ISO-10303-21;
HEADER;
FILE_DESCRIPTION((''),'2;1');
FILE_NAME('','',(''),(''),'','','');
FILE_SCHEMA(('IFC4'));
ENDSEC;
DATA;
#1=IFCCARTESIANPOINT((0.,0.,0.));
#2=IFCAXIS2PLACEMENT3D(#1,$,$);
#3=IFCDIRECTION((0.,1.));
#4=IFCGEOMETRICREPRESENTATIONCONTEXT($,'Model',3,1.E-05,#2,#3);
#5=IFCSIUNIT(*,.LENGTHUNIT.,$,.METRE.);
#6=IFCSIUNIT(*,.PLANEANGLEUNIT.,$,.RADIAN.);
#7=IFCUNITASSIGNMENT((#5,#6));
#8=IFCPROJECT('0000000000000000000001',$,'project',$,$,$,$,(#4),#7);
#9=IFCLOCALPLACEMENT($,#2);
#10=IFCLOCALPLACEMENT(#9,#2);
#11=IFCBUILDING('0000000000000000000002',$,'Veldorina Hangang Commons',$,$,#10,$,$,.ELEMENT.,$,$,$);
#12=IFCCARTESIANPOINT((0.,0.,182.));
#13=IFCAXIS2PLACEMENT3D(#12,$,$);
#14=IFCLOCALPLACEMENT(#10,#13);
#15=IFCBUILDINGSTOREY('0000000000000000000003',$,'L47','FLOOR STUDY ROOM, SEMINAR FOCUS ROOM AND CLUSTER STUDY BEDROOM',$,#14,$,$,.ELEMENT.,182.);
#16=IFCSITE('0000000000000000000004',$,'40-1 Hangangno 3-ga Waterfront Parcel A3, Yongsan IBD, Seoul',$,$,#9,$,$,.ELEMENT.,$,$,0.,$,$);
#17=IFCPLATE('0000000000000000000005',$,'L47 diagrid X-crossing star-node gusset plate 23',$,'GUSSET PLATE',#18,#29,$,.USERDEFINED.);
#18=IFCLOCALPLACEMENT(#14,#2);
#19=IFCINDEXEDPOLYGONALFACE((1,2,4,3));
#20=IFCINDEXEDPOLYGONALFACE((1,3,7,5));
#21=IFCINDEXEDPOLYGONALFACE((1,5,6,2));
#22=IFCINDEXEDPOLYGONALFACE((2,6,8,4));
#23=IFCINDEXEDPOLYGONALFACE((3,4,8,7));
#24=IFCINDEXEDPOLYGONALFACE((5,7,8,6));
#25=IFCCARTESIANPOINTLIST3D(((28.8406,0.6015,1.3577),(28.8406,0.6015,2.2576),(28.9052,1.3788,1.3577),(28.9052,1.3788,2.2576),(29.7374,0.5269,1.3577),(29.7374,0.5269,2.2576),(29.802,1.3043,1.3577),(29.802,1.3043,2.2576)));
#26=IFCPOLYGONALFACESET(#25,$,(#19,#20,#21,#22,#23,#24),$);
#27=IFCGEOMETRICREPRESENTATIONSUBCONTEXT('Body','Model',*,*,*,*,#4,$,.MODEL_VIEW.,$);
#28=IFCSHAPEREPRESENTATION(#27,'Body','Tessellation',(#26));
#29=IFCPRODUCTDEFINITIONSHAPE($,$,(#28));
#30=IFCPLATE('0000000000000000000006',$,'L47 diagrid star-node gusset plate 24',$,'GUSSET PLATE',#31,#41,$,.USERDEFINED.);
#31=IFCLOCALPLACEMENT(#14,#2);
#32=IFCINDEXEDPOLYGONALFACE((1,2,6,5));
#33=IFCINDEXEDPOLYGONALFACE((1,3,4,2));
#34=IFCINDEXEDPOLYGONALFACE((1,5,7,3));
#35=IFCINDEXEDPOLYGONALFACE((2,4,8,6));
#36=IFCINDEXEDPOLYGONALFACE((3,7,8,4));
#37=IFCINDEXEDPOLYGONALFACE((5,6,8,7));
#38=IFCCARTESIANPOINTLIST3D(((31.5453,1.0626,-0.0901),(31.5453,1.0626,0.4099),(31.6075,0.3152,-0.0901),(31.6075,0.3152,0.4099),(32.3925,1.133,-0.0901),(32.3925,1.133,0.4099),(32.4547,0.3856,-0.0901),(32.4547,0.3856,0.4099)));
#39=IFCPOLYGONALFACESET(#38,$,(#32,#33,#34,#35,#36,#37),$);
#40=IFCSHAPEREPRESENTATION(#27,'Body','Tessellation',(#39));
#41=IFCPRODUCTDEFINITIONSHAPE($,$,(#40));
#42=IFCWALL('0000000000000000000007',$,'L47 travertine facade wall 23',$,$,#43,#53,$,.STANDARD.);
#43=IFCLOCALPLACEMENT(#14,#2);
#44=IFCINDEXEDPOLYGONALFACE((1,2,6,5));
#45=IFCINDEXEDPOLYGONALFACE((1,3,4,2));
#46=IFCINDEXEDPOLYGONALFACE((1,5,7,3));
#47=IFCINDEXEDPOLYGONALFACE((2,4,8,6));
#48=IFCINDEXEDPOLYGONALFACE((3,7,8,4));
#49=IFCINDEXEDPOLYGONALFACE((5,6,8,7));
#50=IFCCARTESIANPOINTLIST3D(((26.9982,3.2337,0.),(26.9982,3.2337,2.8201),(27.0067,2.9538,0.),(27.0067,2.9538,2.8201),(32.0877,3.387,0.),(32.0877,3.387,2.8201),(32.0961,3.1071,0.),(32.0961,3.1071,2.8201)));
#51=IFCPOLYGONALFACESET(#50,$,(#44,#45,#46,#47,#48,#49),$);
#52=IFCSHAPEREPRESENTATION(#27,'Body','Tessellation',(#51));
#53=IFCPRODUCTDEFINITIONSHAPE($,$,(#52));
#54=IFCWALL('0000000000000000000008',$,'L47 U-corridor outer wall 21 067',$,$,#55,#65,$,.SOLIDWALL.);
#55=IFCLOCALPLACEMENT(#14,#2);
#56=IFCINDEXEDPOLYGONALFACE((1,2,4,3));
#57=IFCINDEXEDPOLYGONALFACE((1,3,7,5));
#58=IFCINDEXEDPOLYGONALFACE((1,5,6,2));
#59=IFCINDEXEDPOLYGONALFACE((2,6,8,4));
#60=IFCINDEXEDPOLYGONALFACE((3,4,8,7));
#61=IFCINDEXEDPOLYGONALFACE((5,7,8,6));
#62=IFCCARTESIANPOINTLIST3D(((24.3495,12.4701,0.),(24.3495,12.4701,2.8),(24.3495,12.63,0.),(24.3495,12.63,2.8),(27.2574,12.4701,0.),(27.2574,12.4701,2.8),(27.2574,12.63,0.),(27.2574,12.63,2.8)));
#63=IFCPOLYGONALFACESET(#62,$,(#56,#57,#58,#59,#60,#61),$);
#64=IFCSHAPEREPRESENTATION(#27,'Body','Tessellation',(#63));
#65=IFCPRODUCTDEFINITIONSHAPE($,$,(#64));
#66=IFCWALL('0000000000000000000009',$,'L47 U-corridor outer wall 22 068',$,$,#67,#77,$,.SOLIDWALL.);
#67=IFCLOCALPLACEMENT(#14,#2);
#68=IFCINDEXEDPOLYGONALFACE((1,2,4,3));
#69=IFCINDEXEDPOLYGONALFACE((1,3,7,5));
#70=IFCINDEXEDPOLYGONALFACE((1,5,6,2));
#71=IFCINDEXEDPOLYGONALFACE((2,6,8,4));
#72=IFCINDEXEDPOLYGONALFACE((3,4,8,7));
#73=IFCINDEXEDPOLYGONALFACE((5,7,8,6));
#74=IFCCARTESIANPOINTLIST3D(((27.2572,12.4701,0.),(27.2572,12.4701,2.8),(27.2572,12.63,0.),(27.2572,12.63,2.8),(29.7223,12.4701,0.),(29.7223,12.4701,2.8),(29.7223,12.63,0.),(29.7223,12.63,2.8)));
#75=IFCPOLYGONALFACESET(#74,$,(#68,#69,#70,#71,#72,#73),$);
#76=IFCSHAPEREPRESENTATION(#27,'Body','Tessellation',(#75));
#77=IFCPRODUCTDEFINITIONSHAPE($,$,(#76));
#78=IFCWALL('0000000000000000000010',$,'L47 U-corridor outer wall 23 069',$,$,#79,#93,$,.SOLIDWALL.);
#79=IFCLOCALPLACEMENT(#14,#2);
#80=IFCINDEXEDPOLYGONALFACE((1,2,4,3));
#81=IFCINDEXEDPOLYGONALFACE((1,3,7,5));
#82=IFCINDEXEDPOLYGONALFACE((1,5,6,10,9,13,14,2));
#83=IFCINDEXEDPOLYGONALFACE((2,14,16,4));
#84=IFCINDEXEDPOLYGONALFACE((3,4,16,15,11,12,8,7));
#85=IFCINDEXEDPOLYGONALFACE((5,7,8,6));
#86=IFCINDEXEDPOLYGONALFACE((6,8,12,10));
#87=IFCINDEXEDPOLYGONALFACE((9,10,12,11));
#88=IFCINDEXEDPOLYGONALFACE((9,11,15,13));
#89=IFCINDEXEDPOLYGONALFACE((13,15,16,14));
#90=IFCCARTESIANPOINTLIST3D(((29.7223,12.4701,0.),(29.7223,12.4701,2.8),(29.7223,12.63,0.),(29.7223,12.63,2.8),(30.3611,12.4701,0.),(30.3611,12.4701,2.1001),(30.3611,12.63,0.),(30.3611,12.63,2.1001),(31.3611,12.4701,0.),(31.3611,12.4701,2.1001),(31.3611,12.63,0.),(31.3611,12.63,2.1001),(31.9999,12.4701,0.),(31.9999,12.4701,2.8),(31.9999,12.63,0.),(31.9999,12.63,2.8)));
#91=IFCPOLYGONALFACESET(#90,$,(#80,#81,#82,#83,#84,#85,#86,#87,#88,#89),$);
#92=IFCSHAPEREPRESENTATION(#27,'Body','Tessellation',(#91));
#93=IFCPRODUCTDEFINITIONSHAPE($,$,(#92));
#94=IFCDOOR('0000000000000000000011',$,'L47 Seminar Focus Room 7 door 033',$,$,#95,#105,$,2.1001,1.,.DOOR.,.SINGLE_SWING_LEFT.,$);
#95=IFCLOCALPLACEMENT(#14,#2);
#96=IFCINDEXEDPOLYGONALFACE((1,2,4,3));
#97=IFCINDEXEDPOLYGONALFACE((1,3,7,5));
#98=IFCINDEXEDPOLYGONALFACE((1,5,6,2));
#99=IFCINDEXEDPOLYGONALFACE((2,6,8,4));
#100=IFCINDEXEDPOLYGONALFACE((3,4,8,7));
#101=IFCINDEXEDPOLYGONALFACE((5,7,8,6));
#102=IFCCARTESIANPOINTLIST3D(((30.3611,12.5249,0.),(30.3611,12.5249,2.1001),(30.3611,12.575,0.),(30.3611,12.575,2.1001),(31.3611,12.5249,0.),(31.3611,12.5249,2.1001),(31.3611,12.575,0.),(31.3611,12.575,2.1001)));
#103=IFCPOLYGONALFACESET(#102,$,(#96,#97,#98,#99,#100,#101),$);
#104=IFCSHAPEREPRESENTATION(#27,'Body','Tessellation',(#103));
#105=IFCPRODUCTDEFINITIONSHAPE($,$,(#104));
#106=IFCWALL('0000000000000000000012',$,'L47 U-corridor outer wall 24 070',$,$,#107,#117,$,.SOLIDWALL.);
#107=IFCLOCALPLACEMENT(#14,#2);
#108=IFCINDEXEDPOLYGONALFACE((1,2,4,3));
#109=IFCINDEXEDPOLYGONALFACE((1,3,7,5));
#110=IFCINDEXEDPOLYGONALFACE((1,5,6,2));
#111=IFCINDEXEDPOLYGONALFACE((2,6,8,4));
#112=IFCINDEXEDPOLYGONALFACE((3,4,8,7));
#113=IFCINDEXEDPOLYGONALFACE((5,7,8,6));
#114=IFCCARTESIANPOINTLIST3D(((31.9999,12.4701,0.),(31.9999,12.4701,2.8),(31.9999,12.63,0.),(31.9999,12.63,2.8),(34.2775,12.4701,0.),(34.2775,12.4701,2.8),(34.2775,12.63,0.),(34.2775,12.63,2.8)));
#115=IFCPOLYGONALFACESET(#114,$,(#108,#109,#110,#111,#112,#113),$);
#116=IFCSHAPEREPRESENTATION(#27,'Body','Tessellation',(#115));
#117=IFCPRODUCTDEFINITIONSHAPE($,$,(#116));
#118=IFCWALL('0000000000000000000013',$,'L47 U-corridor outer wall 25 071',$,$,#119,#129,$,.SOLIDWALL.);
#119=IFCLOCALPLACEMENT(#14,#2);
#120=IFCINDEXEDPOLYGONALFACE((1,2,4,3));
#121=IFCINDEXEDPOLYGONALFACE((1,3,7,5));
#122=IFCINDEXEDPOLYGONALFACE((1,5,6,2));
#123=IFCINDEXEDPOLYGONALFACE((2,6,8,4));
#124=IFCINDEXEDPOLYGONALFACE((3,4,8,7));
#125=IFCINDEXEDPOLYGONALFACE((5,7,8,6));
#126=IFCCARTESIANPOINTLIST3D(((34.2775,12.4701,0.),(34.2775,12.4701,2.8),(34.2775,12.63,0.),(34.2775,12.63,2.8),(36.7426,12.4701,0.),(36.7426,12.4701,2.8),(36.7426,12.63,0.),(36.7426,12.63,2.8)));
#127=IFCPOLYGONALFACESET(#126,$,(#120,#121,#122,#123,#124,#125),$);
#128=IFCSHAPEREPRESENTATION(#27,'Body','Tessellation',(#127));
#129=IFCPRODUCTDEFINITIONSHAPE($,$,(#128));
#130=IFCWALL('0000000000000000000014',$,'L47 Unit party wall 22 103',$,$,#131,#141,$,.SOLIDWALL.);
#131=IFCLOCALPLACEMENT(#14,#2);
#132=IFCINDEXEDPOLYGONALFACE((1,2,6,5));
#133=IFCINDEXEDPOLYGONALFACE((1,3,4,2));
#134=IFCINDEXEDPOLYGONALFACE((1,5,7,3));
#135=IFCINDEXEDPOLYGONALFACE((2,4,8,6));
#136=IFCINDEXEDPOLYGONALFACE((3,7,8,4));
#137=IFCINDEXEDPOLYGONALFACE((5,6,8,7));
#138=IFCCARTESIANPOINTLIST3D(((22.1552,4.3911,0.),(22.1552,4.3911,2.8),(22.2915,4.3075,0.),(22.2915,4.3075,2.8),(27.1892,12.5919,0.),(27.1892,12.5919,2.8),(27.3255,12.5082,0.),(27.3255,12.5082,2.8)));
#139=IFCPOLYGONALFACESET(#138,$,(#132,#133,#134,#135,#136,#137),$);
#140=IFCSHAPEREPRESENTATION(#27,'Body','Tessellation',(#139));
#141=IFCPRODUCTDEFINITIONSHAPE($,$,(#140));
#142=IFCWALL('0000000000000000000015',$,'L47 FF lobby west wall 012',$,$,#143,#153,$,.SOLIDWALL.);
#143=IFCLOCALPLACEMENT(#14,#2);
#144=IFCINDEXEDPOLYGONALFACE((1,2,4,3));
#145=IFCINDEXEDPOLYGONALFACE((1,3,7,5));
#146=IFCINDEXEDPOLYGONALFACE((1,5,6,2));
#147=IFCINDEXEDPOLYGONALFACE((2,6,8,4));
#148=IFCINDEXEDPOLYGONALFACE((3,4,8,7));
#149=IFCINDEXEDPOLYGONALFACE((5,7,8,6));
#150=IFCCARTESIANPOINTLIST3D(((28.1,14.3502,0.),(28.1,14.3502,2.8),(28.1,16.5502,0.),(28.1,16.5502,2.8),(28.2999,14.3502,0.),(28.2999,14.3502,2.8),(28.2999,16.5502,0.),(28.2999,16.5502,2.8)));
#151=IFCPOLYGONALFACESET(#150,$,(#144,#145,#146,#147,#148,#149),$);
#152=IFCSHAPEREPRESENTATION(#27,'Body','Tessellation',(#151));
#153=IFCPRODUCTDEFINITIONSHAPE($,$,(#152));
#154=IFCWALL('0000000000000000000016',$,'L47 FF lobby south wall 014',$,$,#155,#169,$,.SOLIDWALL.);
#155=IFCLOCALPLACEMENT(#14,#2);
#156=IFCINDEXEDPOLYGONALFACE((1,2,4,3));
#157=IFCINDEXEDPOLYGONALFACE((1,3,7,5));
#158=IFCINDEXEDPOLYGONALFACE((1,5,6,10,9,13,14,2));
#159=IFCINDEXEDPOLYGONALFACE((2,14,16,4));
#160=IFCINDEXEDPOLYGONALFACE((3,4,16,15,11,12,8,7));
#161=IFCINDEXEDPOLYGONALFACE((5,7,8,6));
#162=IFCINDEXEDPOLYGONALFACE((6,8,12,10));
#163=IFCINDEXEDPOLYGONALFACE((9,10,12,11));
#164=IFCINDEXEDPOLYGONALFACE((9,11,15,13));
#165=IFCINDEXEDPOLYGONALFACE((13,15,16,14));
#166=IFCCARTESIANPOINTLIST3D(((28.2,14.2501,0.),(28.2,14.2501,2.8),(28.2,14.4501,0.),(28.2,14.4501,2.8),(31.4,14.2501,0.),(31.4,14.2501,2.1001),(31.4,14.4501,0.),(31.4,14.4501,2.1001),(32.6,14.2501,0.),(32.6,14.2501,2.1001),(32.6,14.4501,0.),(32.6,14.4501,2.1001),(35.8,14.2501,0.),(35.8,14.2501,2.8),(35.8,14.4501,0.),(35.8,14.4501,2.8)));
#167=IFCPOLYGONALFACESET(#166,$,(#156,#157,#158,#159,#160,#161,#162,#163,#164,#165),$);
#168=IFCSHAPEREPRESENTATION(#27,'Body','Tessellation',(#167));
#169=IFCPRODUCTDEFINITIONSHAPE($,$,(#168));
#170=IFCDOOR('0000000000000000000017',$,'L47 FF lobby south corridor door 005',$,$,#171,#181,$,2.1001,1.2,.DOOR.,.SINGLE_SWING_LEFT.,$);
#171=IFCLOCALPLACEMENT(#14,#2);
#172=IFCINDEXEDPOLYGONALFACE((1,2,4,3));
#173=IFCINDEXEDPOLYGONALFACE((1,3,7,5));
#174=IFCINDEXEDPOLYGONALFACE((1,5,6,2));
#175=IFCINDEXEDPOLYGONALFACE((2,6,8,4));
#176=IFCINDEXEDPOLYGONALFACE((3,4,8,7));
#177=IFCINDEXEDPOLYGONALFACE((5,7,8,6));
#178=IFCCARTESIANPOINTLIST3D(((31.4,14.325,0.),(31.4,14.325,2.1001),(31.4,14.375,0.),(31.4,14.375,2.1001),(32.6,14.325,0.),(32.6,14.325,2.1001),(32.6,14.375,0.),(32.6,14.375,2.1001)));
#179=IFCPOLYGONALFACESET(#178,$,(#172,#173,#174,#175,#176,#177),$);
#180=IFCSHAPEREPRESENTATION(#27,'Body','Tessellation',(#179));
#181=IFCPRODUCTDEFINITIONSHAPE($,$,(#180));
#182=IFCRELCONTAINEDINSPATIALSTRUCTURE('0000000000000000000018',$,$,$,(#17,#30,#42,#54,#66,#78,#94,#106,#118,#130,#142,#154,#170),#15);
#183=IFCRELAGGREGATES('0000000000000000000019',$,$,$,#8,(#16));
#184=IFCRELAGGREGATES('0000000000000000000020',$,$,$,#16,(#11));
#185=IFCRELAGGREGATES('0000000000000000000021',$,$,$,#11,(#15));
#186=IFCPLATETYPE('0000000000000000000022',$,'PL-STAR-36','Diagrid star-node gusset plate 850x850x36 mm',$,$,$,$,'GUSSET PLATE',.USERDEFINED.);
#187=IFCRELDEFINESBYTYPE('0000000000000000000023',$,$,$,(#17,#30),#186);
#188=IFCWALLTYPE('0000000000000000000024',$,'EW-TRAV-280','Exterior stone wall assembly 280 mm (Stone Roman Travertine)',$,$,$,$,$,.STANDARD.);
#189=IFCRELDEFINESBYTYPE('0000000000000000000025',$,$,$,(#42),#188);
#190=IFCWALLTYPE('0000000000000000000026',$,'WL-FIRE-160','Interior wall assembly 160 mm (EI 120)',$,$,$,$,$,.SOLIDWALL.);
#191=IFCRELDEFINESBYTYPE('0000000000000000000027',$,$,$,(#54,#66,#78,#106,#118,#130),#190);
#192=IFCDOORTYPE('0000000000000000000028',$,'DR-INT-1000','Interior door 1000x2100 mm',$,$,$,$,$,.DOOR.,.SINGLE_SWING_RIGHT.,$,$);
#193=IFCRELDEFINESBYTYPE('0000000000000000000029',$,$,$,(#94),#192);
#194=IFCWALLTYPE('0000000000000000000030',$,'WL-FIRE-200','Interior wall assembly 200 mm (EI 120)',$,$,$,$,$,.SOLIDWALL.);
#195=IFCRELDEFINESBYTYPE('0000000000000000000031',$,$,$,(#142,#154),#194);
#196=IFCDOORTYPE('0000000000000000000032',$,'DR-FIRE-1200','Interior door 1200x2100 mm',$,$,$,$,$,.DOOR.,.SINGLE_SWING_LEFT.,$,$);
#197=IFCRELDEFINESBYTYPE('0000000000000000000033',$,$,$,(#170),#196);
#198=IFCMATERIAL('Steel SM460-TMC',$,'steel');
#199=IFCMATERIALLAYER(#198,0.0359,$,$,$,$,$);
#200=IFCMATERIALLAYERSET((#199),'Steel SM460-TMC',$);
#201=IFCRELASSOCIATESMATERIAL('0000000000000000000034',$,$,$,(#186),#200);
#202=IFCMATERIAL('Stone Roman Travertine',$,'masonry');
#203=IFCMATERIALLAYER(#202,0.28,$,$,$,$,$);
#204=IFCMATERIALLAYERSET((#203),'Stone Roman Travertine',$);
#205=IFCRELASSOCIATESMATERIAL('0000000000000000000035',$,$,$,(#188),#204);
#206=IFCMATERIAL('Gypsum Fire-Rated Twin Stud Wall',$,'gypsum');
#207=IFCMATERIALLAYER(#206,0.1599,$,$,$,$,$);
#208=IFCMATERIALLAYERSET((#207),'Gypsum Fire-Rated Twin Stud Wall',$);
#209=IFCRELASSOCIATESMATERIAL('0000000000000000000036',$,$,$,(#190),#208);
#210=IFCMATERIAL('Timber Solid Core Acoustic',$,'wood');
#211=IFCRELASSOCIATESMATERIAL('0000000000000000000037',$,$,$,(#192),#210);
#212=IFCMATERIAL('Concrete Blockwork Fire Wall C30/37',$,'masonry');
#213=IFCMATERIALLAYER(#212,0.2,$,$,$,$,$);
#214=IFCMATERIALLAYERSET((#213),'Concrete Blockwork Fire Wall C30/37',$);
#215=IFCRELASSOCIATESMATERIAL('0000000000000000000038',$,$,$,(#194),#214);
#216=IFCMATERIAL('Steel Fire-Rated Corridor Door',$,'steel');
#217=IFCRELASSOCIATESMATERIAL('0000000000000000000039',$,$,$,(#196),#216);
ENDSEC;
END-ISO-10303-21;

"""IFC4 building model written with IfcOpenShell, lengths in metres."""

from ifc_helpers import new_model, si_unit, direction, frame, frame_2d, origin, origin_2d, place, context, subcontext, project, spatial, rectangle, extrude, material, layer, layer_set, type_object, element, fill, save


model = new_model("IFC4")

# Units and contexts
model_context = context("Model", 3, precision=1e-05, world=origin(), true_north=direction((0.0, 1.0)))
body_context = subcontext(model_context, "Body", "Model", "MODEL_VIEW")
ifc_project = project(units=[si_unit("LENGTHUNIT", "METRE"), si_unit("PLANEANGLEUNIT", "RADIAN")], contexts=[model_context])

# Site, building, storey
site_placement = place(None, origin())
site = spatial("IfcSite", under=ifc_project, at=site_placement, Name="40-1 Hangangno 3-ga Waterfront Parcel A3, Yongsan IBD, Seoul", CompositionType="ELEMENT", RefElevation=0.0)
building_placement = place(site_placement, origin())
building = spatial("IfcBuilding", under=site, at=building_placement, Name="Veldorina Hangang Commons", CompositionType="ELEMENT")
storey_placement = place(building_placement, frame((0.0, 0.0, 182.0)))
storey = spatial("IfcBuildingStorey", under=building, at=storey_placement, Name="L47", Description="FLOOR STUDY ROOM, SEMINAR FOCUS ROOM AND CLUSTER STUDY BEDROOM", CompositionType="ELEMENT", Elevation=182.0)

# Plates
ifc_material_1 = material(Name="Steel SM460-TMC", Category="steel")
ifc_layer_1 = layer(ifc_material_1, 0.0359)
ifc_layer_set_1 = layer_set([ifc_layer_1], Name="Steel SM460-TMC")
plate_type = type_object("IfcPlateType", Name="PL-STAR-36", Description="Diagrid star-node gusset plate 850x850x36 mm", ElementType="GUSSET PLATE", PredefinedType="USERDEFINED", material=ifc_layer_set_1)
plate_1_placement = place(storey_placement, frame((29.3213, 0.9529, 1.3577), z_axis=(0.0, 0.0, 1.0), x_axis=(0.996563, -0.082843, 0.0)))
element("IfcPlate", 1, at=plate_1_placement, inside=storey, type_object=plate_type, Name="L47 diagrid X-crossing star-node gusset plate 23", ObjectType="GUSSET PLATE", PredefinedType="USERDEFINED", context=body_context, shape_type="SweptSolid", body=[
    extrude(rectangle(XDim=0.8999, YDim=0.78, at=origin_2d()), origin(), (0.0, 0.0, 1.0), 0.8999),
])
plate_2_placement = place(storey_placement, frame((32.0, 0.7241, -0.0901), z_axis=(0.0, 0.0, 1.0), x_axis=(0.996563, 0.082843, 0.0)))
element("IfcPlate", 2, at=plate_2_placement, inside=storey, type_object=plate_type, Name="L47 diagrid star-node gusset plate 24", ObjectType="GUSSET PLATE", PredefinedType="USERDEFINED", context=body_context, shape_type="SweptSolid", body=[
    extrude(rectangle(XDim=0.8501, YDim=0.75, at=origin_2d()), origin(), (0.0, 0.0, 1.0), 0.5),
])

# Walls
ifc_material_2 = material(Name="Stone Roman Travertine", Category="masonry")
ifc_layer_2 = layer(ifc_material_2, 0.28)
ifc_layer_set_2 = layer_set([ifc_layer_2], Name="Stone Roman Travertine")
wall_type_1 = type_object("IfcWallType", Name="EW-TRAV-280", Description="Exterior stone wall assembly 280 mm (Stone Roman Travertine)", PredefinedType="STANDARD", material=ifc_layer_set_2)
wall_1_placement = place(storey_placement, frame((27.0024, 3.0938, 0.0), z_axis=(0.0, 0.0, 1.0), x_axis=(0.999547, 0.030111, 0.0)))
element("IfcWall", 3, at=wall_1_placement, inside=storey, type_object=wall_type_1, Name="L47 travertine facade wall 23", PredefinedType="STANDARD", context=body_context, shape_type="SweptSolid", body=[
    extrude(rectangle(XDim=5.0918, YDim=0.28, at=frame_2d((2.5459, 0.0))), origin(), (0.0, 0.0, 1.0), 2.8201),
])
ifc_material_3 = material(Name="Gypsum Fire-Rated Twin Stud Wall", Category="gypsum")
ifc_layer_3 = layer(ifc_material_3, 0.1599)
ifc_layer_set_3 = layer_set([ifc_layer_3], Name="Gypsum Fire-Rated Twin Stud Wall")
wall_type_2 = type_object("IfcWallType", Name="WL-FIRE-160", Description="Interior wall assembly 160 mm (EI 120)", PredefinedType="SOLIDWALL", material=ifc_layer_set_3)
wall_2_placement = place(storey_placement, frame((24.3494, 12.55, 0.0), z_axis=(0.0, 0.0, 1.0), x_axis=(1.0, 0.0, 0.0)))
element("IfcWall", 4, at=wall_2_placement, inside=storey, type_object=wall_type_2, Name="L47 U-corridor outer wall 21 067", PredefinedType="SOLIDWALL", context=body_context, shape_type="SweptSolid", body=[
    extrude(rectangle(XDim=2.908, YDim=0.1599, at=frame_2d((1.4541, 0.0))), origin(), (0.0, 0.0, 1.0), 2.8),
])
wall_3_placement = place(storey_placement, frame((27.2573, 12.55, 0.0), z_axis=(0.0, 0.0, 1.0), x_axis=(1.0, 0.0, 0.0)))
element("IfcWall", 5, at=wall_3_placement, inside=storey, type_object=wall_type_2, Name="L47 U-corridor outer wall 22 068", PredefinedType="SOLIDWALL", context=body_context, shape_type="SweptSolid", body=[
    extrude(rectangle(XDim=2.4651, YDim=0.1599, at=frame_2d((1.2324, 0.0))), origin(), (0.0, 0.0, 1.0), 2.8),
])

# Wall, opening, door
wall_4_placement = place(storey_placement, frame((29.7224, 12.55, 0.0), z_axis=(0.0, 0.0, 1.0), x_axis=(1.0, 0.0, 0.0)))
wall_4 = element("IfcWall", 6, at=wall_4_placement, inside=storey, type_object=wall_type_2, Name="L47 U-corridor outer wall 23 069", PredefinedType="SOLIDWALL", context=body_context, shape_type="SweptSolid", body=[
    extrude(rectangle(XDim=2.2776, YDim=0.1599, at=frame_2d((1.1387, 0.0))), origin(), (0.0, 0.0, 1.0), 2.8),
])
opening_1_placement = place(wall_4_placement, frame((0.6387, 0.0, 0.0)))
opening_1 = element("IfcOpeningElement", 7, at=opening_1_placement, cuts=wall_4, PredefinedType="OPENING", context=body_context, shape_type="SweptSolid", body=[
    extrude(rectangle(XDim=1.0, YDim=2.1001, at=frame_2d((0.5, 1.05))), frame((0.0, 0.0898, 0.0), z_axis=(0.0, -1.0, 0.0), x_axis=(1.0, 0.0, 0.0)), (0.0, 0.0, 1.0), 0.1799),
])
ifc_material_4 = material(Name="Timber Solid Core Acoustic", Category="wood")
door_type_1 = type_object("IfcDoorType", Name="DR-INT-1000", Description="Interior door 1000x2100 mm", OperationType="SINGLE_SWING_RIGHT", PredefinedType="DOOR", material=ifc_material_4)
door_1_placement = place(opening_1_placement, origin())
door_1 = element("IfcDoor", 8, at=door_1_placement, inside=storey, type_object=door_type_1, Name="L47 Seminar Focus Room 7 door 033", OperationType="SINGLE_SWING_LEFT", OverallHeight=2.1001, OverallWidth=1.0, PredefinedType="DOOR", context=body_context, shape_type="SweptSolid", body=[
    extrude(rectangle(XDim=1.0, YDim=2.1001, at=frame_2d((0.5, 1.05))), frame((0.0, 0.0249, 0.0), z_axis=(0.0, -1.0, 0.0), x_axis=(1.0, 0.0, 0.0)), (0.0, 0.0, 1.0), 0.05),
])
fill(opening_1, door_1)

# Walls
wall_5_placement = place(storey_placement, frame((32.0, 12.55, 0.0), z_axis=(0.0, 0.0, 1.0), x_axis=(1.0, 0.0, 0.0)))
element("IfcWall", 9, at=wall_5_placement, inside=storey, type_object=wall_type_2, Name="L47 U-corridor outer wall 24 070", PredefinedType="SOLIDWALL", context=body_context, shape_type="SweptSolid", body=[
    extrude(rectangle(XDim=2.2776, YDim=0.1599, at=frame_2d((1.1387, 0.0))), origin(), (0.0, 0.0, 1.0), 2.8),
])
wall_6_placement = place(storey_placement, frame((34.2776, 12.55, 0.0), z_axis=(0.0, 0.0, 1.0), x_axis=(1.0, 0.0, 0.0)))
element("IfcWall", 10, at=wall_6_placement, inside=storey, type_object=wall_type_2, Name="L47 U-corridor outer wall 25 071", PredefinedType="SOLIDWALL", context=body_context, shape_type="SweptSolid", body=[
    extrude(rectangle(XDim=2.4651, YDim=0.1599, at=frame_2d((1.2324, 0.0))), origin(), (0.0, 0.0, 1.0), 2.8),
])
wall_7_placement = place(storey_placement, frame((27.2573, 12.55, 0.0), z_axis=(0.0, 0.0, 1.0), x_axis=(-0.523144, -0.852244, 0.0)))
element("IfcWall", 11, at=wall_7_placement, inside=storey, type_object=wall_type_2, Name="L47 Unit party wall 22 103", PredefinedType="SOLIDWALL", context=body_context, shape_type="SweptSolid", body=[
    extrude(rectangle(XDim=9.6226, YDim=0.1599, at=frame_2d((4.8113, 0.0))), origin(), (0.0, 0.0, 1.0), 2.8),
])
ifc_material_5 = material(Name="Concrete Blockwork Fire Wall C30/37", Category="masonry")
ifc_layer_4 = layer(ifc_material_5, 0.2)
ifc_layer_set_4 = layer_set([ifc_layer_4], Name="Concrete Blockwork Fire Wall C30/37")
wall_type_3 = type_object("IfcWallType", Name="WL-FIRE-200", Description="Interior wall assembly 200 mm (EI 120)", PredefinedType="SOLIDWALL", material=ifc_layer_set_4)
wall_8_placement = place(storey_placement, frame((28.2, 14.3501, 0.0), z_axis=(0.0, 0.0, 1.0), x_axis=(0.0, 1.0, 0.0)))
element("IfcWall", 12, at=wall_8_placement, inside=storey, type_object=wall_type_3, Name="L47 FF lobby west wall 012", PredefinedType="SOLIDWALL", context=body_context, shape_type="SweptSolid", body=[
    extrude(rectangle(XDim=2.2, YDim=0.2, at=frame_2d((1.1001, 0.0))), origin(), (0.0, 0.0, 1.0), 2.8),
])

# Wall, opening, door
wall_9_placement = place(storey_placement, frame((28.2, 14.3501, 0.0), z_axis=(0.0, 0.0, 1.0), x_axis=(1.0, 0.0, 0.0)))
wall_9 = element("IfcWall", 13, at=wall_9_placement, inside=storey, type_object=wall_type_3, Name="L47 FF lobby south wall 014", PredefinedType="SOLIDWALL", context=body_context, shape_type="SweptSolid", body=[
    extrude(rectangle(XDim=7.6001, YDim=0.2, at=frame_2d((3.8, 0.0))), origin(), (0.0, 0.0, 1.0), 2.8),
])
opening_2_placement = place(wall_9_placement, frame((3.2, 0.0, 0.0)))
opening_2 = element("IfcOpeningElement", 14, at=opening_2_placement, cuts=wall_9, PredefinedType="OPENING", context=body_context, shape_type="SweptSolid", body=[
    extrude(rectangle(XDim=1.2, YDim=2.1001, at=frame_2d((0.6001, 1.05))), frame((0.0, 0.1099, 0.0), z_axis=(0.0, -1.0, 0.0), x_axis=(1.0, 0.0, 0.0)), (0.0, 0.0, 1.0), 0.22),
])
ifc_material_6 = material(Name="Steel Fire-Rated Corridor Door", Category="steel")
door_type_2 = type_object("IfcDoorType", Name="DR-FIRE-1200", Description="Interior door 1200x2100 mm", OperationType="SINGLE_SWING_LEFT", PredefinedType="DOOR", material=ifc_material_6)
door_2_placement = place(opening_2_placement, origin())
door_2 = element("IfcDoor", 15, at=door_2_placement, inside=storey, type_object=door_type_2, Name="L47 FF lobby south corridor door 005", OperationType="SINGLE_SWING_LEFT", OverallHeight=2.1001, OverallWidth=1.2, PredefinedType="DOOR", context=body_context, shape_type="SweptSolid", body=[
    extrude(rectangle(XDim=1.2, YDim=2.1001, at=frame_2d((0.6001, 1.05))), frame((0.0, 0.0249, 0.0), z_axis=(0.0, -1.0, 0.0), x_axis=(1.0, 0.0, 0.0)), (0.0, 0.0, 1.0), 0.05),
])
fill(opening_2, door_2)

save(model, "model.ifc")
